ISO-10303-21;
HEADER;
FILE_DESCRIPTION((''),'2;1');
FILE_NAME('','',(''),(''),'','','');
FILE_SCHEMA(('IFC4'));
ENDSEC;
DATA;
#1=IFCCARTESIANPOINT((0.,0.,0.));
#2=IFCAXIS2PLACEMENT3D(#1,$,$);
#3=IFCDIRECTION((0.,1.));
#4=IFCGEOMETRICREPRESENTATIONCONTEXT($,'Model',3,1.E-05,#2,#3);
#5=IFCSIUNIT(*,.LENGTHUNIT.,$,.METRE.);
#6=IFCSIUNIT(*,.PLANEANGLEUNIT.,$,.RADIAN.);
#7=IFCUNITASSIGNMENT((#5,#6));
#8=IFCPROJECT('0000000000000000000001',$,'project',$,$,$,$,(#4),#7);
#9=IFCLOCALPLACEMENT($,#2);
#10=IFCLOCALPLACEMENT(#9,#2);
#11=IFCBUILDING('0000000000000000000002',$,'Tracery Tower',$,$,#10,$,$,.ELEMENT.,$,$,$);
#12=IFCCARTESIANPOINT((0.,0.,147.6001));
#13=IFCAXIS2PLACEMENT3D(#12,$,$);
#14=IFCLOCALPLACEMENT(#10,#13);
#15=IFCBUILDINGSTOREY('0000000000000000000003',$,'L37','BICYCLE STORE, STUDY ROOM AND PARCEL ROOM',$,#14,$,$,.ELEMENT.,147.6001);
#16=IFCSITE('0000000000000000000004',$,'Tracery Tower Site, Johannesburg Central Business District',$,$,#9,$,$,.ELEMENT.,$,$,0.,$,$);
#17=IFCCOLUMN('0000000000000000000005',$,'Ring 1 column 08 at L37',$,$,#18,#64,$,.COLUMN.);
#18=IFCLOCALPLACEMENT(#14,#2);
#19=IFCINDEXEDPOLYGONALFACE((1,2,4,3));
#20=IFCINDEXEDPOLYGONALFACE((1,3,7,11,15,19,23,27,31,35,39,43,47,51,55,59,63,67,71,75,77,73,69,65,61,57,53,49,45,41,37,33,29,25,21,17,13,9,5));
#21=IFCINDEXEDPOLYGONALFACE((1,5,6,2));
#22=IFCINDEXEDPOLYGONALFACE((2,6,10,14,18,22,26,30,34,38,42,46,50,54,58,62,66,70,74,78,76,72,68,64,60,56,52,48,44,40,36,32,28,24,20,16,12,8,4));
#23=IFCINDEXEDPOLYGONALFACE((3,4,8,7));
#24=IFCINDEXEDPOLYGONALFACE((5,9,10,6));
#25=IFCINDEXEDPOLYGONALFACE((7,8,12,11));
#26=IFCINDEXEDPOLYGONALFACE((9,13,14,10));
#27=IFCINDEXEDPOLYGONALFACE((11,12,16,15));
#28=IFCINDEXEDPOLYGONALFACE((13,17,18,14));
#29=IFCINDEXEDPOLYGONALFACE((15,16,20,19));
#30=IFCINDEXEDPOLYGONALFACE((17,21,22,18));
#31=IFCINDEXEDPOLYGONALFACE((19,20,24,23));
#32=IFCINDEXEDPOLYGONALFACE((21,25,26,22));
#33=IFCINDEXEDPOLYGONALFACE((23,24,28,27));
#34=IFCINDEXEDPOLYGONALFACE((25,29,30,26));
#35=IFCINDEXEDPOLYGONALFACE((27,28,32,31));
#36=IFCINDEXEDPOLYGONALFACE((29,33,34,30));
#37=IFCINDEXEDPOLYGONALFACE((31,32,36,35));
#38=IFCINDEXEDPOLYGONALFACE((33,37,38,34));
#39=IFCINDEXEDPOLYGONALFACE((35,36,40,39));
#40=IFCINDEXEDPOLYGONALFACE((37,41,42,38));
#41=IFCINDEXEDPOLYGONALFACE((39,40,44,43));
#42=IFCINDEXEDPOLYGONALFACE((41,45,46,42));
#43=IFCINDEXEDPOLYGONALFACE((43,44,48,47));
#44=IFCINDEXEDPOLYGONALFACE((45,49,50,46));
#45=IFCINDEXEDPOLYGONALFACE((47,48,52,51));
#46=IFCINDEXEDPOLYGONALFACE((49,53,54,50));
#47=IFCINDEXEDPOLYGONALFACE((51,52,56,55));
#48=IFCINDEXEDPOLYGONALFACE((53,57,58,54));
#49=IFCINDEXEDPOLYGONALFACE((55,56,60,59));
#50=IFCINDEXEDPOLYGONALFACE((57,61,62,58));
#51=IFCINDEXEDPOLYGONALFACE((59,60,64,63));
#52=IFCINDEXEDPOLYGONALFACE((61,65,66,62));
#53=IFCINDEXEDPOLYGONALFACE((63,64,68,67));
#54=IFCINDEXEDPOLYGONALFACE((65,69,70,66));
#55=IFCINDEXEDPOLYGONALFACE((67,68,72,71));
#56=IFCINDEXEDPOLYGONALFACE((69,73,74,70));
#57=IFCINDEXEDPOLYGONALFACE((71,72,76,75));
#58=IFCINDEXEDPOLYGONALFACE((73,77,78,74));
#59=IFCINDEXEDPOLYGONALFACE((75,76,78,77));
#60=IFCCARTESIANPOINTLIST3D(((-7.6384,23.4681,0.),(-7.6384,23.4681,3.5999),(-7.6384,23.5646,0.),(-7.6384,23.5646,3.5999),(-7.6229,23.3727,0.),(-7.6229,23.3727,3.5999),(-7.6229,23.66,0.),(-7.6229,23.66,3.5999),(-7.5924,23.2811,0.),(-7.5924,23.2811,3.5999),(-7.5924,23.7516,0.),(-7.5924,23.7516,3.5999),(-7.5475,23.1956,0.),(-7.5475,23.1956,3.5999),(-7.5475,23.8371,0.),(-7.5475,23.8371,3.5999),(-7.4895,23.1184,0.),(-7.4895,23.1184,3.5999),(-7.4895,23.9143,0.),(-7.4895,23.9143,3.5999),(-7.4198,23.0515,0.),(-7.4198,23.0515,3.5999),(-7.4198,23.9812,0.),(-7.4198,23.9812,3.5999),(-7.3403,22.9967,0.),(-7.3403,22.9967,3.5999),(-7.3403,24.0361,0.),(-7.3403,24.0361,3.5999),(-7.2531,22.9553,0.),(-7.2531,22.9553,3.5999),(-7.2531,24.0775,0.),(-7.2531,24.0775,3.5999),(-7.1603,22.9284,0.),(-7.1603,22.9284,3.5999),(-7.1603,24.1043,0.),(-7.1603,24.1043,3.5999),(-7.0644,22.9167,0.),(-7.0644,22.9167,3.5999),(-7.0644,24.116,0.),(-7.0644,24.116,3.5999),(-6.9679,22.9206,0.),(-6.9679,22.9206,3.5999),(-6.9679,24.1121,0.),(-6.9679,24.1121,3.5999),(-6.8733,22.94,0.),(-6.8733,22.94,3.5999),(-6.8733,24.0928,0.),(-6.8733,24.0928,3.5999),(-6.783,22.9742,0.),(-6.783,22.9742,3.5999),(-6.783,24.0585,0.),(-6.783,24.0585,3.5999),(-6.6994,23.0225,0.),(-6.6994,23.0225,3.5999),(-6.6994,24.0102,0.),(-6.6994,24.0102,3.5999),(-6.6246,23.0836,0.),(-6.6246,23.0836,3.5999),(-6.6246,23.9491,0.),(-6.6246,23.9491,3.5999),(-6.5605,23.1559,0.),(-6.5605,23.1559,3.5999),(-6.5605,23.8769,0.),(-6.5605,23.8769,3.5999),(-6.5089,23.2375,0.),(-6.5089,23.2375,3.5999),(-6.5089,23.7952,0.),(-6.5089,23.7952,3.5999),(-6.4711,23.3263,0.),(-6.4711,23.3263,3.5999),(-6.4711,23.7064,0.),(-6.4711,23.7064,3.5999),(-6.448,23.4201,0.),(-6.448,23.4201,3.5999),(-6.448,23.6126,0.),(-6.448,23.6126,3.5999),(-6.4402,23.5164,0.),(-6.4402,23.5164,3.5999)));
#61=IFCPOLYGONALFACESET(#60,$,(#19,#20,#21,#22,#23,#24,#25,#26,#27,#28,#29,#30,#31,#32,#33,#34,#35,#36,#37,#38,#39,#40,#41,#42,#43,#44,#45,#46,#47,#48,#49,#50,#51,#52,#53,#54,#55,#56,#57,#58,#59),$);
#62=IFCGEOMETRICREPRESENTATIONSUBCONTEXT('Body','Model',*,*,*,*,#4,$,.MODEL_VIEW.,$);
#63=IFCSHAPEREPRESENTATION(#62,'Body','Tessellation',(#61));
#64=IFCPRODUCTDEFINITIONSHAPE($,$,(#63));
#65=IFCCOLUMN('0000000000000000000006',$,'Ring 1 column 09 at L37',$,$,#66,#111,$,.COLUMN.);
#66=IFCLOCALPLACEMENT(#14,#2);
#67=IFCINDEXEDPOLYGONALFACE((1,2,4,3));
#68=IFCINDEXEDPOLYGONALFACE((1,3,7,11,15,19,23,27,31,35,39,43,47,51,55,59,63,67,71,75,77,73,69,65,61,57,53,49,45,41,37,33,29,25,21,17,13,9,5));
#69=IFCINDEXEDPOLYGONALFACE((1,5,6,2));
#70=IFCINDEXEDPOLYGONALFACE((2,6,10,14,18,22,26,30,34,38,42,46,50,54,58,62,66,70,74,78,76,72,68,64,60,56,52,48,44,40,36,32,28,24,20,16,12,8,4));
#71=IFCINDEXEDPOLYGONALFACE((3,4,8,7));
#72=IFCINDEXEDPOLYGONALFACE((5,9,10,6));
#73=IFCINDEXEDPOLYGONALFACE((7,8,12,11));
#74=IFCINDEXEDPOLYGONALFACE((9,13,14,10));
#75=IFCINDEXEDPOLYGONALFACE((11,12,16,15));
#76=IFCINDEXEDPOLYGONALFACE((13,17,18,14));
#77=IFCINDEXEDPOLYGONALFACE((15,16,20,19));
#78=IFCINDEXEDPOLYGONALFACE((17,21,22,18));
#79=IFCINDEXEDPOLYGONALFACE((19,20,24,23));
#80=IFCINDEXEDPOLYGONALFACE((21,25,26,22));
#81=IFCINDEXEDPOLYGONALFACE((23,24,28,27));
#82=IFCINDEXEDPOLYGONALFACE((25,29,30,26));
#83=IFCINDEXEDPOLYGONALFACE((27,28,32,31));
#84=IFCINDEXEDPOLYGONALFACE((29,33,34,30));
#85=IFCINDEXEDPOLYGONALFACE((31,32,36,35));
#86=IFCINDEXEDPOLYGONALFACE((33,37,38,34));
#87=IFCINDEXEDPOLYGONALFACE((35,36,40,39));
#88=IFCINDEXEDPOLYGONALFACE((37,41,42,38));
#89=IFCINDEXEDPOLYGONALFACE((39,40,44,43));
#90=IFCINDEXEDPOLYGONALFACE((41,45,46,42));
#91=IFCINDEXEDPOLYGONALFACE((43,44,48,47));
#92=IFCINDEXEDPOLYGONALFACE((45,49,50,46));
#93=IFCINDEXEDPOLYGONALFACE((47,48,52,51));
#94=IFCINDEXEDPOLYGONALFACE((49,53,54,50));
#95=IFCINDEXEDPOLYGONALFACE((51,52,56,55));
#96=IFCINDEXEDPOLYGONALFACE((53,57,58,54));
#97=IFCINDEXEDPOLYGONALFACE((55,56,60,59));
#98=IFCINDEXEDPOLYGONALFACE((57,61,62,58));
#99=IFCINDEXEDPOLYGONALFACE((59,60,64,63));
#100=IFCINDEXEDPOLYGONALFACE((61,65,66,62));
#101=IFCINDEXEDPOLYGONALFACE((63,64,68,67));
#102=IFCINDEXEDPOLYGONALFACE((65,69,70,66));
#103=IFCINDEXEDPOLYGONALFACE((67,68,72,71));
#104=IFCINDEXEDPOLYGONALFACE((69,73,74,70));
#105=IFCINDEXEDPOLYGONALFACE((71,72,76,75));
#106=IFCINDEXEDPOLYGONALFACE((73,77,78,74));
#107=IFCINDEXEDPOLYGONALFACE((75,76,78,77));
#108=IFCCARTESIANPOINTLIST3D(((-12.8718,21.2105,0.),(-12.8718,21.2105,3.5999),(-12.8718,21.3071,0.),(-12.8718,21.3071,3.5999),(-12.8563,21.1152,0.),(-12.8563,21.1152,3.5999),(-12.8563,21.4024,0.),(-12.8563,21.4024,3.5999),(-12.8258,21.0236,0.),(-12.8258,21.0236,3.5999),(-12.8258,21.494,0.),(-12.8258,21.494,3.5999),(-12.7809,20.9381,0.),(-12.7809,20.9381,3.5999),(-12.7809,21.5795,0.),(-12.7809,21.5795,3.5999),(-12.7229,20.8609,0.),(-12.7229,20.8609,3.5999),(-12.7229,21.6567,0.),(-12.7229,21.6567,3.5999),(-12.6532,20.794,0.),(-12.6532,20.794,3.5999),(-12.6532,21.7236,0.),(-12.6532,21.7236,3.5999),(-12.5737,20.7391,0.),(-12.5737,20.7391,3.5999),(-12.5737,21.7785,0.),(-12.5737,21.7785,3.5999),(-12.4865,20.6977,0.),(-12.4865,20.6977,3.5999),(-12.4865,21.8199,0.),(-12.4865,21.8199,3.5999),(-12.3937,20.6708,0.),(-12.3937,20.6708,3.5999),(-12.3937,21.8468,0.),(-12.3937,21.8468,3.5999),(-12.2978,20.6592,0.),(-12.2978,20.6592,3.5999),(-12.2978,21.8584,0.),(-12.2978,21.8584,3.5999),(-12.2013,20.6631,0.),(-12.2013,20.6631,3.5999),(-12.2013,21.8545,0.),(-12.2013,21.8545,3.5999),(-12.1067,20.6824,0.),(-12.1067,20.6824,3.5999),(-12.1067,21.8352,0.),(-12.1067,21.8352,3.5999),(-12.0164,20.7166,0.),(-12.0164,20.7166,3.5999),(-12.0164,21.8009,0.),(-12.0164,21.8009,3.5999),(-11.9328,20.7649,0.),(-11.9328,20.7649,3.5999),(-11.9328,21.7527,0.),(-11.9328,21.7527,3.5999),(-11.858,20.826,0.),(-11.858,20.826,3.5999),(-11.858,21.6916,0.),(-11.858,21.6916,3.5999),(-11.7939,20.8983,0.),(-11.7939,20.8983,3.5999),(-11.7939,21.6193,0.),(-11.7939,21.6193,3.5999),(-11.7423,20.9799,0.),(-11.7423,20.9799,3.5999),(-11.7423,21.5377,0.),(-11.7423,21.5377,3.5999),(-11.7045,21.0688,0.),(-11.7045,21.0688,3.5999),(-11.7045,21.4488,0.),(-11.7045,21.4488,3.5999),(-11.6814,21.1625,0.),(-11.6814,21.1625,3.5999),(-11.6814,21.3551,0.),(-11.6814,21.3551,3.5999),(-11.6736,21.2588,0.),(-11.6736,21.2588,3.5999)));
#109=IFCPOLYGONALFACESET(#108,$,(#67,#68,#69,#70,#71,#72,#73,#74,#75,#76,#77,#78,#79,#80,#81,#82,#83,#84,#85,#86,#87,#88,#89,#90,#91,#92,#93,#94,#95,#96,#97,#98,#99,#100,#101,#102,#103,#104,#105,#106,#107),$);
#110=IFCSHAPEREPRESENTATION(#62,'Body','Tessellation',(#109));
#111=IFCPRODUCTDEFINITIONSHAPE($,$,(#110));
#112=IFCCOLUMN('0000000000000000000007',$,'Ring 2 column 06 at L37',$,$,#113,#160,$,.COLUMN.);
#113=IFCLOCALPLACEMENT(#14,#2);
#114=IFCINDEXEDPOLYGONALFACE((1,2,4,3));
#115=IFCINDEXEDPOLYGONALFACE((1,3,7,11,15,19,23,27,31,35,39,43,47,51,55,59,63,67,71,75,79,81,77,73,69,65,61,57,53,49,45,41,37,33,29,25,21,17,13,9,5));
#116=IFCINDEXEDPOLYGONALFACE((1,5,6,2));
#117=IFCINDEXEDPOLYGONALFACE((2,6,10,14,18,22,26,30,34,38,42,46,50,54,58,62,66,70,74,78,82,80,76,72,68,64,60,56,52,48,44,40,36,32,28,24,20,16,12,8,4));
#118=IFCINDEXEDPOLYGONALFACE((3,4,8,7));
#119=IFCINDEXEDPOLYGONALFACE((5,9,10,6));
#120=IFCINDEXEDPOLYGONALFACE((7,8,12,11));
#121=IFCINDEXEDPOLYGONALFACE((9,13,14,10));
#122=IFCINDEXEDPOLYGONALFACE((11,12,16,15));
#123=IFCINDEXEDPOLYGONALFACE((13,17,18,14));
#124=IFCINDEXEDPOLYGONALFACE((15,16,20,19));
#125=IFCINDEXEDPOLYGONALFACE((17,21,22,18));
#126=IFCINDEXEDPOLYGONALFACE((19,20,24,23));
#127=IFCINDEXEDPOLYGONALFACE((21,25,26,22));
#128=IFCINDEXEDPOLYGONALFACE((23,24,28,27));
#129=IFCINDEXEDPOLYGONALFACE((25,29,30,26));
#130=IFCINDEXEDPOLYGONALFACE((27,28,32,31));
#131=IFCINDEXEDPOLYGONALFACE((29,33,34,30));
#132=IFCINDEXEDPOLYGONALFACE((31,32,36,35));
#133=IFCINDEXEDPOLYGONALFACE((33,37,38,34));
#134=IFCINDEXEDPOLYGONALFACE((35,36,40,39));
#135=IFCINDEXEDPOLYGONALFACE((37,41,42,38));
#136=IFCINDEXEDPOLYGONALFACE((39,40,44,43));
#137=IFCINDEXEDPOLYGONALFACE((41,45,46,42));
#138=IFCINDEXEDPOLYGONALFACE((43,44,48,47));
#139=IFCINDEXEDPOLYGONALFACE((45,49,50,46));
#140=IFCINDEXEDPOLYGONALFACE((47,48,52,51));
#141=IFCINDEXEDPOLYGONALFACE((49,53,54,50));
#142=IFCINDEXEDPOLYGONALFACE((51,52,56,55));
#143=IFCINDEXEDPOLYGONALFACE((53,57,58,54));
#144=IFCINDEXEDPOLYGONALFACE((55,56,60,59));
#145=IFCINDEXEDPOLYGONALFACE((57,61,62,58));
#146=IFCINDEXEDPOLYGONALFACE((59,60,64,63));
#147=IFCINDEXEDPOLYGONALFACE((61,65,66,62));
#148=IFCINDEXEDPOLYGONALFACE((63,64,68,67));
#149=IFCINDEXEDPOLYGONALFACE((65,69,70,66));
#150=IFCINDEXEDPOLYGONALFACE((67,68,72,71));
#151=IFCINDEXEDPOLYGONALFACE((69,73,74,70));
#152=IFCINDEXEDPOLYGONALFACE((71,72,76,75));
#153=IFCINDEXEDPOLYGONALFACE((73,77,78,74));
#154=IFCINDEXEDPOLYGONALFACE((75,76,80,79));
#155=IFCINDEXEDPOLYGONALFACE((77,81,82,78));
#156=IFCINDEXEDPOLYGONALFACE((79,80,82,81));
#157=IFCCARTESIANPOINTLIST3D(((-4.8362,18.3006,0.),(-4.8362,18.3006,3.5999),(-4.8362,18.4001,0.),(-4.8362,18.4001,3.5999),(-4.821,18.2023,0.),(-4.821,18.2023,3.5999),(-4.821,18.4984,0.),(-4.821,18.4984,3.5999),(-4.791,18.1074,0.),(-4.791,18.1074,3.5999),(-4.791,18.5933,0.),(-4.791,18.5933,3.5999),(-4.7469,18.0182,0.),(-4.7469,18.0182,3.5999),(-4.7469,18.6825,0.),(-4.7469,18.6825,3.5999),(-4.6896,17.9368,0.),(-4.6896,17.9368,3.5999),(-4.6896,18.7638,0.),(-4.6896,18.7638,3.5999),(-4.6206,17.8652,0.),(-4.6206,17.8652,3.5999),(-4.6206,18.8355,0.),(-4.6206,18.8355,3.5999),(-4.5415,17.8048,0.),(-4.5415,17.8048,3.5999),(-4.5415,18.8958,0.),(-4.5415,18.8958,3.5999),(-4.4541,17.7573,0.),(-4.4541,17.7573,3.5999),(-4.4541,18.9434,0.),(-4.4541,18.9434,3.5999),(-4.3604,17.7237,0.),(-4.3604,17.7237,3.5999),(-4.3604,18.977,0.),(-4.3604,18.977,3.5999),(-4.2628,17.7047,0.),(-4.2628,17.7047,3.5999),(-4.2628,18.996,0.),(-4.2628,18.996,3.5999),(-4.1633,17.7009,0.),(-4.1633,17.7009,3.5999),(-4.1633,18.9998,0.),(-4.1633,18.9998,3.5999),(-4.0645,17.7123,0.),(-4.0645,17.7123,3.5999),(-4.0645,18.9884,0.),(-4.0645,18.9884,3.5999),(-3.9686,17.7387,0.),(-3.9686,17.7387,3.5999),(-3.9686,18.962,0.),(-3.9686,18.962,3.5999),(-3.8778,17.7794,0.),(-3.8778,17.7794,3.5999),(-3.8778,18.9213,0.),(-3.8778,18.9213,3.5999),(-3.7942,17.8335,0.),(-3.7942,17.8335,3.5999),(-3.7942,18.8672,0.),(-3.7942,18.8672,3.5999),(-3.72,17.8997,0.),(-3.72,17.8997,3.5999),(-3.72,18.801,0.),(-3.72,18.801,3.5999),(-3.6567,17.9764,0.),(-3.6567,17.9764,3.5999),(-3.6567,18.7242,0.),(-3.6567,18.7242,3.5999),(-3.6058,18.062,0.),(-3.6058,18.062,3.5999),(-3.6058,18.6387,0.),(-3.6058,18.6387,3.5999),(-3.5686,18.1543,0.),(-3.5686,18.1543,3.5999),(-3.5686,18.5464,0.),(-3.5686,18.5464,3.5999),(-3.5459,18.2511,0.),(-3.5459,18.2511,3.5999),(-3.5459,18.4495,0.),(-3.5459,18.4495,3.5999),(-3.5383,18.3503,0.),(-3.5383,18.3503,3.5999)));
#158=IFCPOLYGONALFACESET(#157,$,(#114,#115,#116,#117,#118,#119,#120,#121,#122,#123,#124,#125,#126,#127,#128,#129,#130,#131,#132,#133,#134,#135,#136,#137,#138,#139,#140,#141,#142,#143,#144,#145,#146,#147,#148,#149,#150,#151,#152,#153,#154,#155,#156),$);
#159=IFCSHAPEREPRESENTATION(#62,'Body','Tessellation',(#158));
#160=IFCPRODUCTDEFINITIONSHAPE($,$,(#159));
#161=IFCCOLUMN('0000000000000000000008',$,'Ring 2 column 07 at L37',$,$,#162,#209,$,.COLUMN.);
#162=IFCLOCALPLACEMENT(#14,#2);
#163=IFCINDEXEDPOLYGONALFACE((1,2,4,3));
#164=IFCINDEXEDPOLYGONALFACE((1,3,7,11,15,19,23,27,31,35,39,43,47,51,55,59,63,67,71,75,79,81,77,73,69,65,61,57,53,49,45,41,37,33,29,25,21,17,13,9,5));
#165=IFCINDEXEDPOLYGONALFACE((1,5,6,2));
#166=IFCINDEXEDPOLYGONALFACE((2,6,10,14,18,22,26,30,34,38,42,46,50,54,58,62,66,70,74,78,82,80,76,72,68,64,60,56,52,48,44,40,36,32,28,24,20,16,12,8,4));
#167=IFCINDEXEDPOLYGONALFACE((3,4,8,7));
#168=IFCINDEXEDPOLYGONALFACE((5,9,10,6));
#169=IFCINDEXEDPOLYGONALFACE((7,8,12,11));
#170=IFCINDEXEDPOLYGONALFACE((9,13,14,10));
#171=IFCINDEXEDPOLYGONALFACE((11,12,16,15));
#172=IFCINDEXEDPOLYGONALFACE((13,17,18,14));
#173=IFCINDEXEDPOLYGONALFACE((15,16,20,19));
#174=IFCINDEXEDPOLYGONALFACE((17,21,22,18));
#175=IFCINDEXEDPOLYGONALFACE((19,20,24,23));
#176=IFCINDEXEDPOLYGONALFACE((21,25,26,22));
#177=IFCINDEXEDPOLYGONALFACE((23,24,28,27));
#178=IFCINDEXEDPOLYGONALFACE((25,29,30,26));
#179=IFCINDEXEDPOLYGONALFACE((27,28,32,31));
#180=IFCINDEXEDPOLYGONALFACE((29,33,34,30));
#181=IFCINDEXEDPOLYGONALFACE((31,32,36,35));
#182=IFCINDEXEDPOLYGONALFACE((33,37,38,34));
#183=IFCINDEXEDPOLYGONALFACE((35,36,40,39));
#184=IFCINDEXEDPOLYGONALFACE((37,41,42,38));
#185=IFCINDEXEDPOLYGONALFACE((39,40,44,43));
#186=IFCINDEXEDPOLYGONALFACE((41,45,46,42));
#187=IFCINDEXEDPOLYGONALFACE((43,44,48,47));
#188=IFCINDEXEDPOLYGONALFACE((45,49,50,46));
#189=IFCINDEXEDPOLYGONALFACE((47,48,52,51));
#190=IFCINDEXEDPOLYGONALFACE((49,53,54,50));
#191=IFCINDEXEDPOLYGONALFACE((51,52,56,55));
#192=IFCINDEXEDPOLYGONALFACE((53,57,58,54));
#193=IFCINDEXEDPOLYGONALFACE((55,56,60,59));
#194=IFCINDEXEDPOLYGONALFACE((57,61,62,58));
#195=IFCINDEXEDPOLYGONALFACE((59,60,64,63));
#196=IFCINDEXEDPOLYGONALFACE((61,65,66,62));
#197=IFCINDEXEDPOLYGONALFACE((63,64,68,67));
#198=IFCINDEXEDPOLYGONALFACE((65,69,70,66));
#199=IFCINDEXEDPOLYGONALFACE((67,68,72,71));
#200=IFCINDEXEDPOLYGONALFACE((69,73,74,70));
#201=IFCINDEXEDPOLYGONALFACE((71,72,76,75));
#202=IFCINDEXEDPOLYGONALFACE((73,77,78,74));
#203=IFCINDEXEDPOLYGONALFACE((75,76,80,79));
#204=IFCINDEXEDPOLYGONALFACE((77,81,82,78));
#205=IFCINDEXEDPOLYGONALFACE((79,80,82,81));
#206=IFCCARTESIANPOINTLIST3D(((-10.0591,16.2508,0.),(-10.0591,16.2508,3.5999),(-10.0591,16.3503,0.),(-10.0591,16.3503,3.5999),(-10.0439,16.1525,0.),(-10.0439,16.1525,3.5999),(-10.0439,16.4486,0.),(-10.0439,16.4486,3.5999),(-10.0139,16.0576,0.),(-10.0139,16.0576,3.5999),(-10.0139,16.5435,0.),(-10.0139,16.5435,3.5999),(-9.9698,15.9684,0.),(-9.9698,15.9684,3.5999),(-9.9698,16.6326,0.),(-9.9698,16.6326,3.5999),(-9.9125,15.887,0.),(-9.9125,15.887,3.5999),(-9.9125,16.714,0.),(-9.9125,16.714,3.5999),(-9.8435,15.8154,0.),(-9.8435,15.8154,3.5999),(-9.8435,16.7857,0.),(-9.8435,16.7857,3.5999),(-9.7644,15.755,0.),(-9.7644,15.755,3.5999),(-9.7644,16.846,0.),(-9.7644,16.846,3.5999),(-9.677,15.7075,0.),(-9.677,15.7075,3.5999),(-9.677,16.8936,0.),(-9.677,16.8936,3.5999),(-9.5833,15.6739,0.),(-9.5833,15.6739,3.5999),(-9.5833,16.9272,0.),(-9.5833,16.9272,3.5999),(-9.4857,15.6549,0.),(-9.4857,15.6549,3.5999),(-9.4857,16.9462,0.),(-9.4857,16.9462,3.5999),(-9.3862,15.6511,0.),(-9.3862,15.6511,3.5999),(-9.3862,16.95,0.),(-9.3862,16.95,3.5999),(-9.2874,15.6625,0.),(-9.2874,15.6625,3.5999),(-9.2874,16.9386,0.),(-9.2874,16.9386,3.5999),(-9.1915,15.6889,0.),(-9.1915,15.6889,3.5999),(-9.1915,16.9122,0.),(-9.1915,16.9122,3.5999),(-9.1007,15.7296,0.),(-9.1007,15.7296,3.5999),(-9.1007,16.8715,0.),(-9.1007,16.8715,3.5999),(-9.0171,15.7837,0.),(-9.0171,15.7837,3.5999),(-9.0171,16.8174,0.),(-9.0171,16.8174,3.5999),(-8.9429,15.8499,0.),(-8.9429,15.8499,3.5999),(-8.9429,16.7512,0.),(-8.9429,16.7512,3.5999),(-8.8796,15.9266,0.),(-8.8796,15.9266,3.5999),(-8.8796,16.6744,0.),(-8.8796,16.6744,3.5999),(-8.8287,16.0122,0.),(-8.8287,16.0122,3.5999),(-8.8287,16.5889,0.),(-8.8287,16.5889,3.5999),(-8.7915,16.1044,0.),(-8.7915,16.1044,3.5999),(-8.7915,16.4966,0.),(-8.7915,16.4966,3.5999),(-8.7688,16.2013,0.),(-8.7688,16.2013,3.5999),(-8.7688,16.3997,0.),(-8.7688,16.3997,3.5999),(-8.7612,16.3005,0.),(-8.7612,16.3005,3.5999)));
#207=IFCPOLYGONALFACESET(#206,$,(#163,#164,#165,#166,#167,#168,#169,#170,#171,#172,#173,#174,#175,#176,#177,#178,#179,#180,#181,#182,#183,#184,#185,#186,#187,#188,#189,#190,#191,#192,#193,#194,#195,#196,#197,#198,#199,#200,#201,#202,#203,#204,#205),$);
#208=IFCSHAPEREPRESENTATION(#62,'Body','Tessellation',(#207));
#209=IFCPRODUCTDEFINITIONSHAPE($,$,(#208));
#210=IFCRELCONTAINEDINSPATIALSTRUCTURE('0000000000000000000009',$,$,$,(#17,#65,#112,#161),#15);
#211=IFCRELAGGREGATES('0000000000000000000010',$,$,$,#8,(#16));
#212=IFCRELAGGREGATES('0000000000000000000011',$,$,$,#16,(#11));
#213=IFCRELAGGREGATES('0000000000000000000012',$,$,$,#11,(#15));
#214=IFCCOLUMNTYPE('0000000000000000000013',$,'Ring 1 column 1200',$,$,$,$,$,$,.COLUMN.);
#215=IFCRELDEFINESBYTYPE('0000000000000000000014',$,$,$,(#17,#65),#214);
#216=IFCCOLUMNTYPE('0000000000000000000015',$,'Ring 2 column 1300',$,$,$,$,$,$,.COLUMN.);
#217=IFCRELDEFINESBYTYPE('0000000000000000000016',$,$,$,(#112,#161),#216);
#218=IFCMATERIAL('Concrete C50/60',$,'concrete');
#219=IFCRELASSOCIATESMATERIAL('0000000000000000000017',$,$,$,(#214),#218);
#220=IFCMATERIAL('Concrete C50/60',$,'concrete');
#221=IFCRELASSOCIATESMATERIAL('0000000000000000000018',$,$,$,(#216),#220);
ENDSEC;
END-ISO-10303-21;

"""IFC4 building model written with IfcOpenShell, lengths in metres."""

from ifc_helpers import new_model, si_unit, direction, frame, origin, origin_2d, place, context, subcontext, project, spatial, circle, extrude, material, material_profile, profile_set, type_object, element, save


model = new_model("IFC4")

# Units and contexts
model_context = context("Model", 3, precision=1e-05, world=origin(), true_north=direction((0.0, 1.0)))
body_context = subcontext(model_context, "Body", "Model", "MODEL_VIEW")
ifc_project = project(units=[si_unit("LENGTHUNIT", "METRE"), si_unit("PLANEANGLEUNIT", "RADIAN")], contexts=[model_context])

# Site, building, storey
site_placement = place(None, origin())
site = spatial("IfcSite", under=ifc_project, at=site_placement, Name="Tracery Tower Site, Johannesburg Central Business District", CompositionType="ELEMENT", RefElevation=0.0)
building_placement = place(site_placement, origin())
building = spatial("IfcBuilding", under=site, at=building_placement, Name="Tracery Tower", CompositionType="ELEMENT")
storey_placement = place(building_placement, frame((0.0, 0.0, 147.6001)))
storey = spatial("IfcBuildingStorey", under=building, at=storey_placement, Name="L37", Description="BICYCLE STORE, STUDY ROOM AND PARCEL ROOM", CompositionType="ELEMENT", Elevation=147.6001)

# Columns
ifc_material_1 = material(Name="Concrete C50/60", Category="concrete")
ifc_material_profile_1 = material_profile(ifc_material_1, circle(Radius=0.6001, at=origin_2d()), Name="RC D1200")
ifc_profile_set_1 = profile_set([ifc_material_profile_1], Name="Concrete C50/60")
column_type_1 = type_object("IfcColumnType", Name="Ring 1 column 1200", PredefinedType="COLUMN", material=ifc_profile_set_1)
for number, where, z_axis, x_axis, name in (
    (1, (-7.0403, 23.5164, 0.0), (0.0, 0.0, 1.0), (1.0, 0.0, 0.0), "Ring 1 column 08 at L37"),
    (2, (-12.2737, 21.2588, 0.0), (0.0, 0.0, 1.0), (1.0, 0.0, 0.0), "Ring 1 column 09 at L37"),
):
    element("IfcColumn", number, at=place(storey_placement, frame(where, z_axis=z_axis, x_axis=x_axis)), inside=storey, type_object=column_type_1, Name=name, PredefinedType="COLUMN", context=body_context, shape_type="SweptSolid", body=[
        extrude(circle(Radius=0.6001, at=origin_2d()), origin(), (0.0, 0.0, 1.0), 3.5999),
    ])
ifc_material_2 = material(Name="Concrete C50/60", Category="concrete")
ifc_material_profile_2 = material_profile(ifc_material_2, circle(Radius=0.6499, at=origin_2d()), Name="RC D1300")
ifc_profile_set_2 = profile_set([ifc_material_profile_2], Name="Concrete C50/60")
column_type_2 = type_object("IfcColumnType", Name="Ring 2 column 1300", PredefinedType="COLUMN", material=ifc_profile_set_2)
for number, where, z_axis, x_axis, name in (
    (3, (-4.1882, 18.3503, 0.0), (0.0, 0.0, 1.0), (1.0, 0.0, 0.0), "Ring 2 column 06 at L37"),
    (4, (-9.4111, 16.3005, 0.0), (0.0, 0.0, 1.0), (1.0, 0.0, 0.0), "Ring 2 column 07 at L37"),
):
    element("IfcColumn", number, at=place(storey_placement, frame(where, z_axis=z_axis, x_axis=x_axis)), inside=storey, type_object=column_type_2, Name=name, PredefinedType="COLUMN", context=body_context, shape_type="SweptSolid", body=[
        extrude(circle(Radius=0.6499, at=origin_2d()), origin(), (0.0, 0.0, 1.0), 3.5999),
    ])

save(model, "model.ifc")
